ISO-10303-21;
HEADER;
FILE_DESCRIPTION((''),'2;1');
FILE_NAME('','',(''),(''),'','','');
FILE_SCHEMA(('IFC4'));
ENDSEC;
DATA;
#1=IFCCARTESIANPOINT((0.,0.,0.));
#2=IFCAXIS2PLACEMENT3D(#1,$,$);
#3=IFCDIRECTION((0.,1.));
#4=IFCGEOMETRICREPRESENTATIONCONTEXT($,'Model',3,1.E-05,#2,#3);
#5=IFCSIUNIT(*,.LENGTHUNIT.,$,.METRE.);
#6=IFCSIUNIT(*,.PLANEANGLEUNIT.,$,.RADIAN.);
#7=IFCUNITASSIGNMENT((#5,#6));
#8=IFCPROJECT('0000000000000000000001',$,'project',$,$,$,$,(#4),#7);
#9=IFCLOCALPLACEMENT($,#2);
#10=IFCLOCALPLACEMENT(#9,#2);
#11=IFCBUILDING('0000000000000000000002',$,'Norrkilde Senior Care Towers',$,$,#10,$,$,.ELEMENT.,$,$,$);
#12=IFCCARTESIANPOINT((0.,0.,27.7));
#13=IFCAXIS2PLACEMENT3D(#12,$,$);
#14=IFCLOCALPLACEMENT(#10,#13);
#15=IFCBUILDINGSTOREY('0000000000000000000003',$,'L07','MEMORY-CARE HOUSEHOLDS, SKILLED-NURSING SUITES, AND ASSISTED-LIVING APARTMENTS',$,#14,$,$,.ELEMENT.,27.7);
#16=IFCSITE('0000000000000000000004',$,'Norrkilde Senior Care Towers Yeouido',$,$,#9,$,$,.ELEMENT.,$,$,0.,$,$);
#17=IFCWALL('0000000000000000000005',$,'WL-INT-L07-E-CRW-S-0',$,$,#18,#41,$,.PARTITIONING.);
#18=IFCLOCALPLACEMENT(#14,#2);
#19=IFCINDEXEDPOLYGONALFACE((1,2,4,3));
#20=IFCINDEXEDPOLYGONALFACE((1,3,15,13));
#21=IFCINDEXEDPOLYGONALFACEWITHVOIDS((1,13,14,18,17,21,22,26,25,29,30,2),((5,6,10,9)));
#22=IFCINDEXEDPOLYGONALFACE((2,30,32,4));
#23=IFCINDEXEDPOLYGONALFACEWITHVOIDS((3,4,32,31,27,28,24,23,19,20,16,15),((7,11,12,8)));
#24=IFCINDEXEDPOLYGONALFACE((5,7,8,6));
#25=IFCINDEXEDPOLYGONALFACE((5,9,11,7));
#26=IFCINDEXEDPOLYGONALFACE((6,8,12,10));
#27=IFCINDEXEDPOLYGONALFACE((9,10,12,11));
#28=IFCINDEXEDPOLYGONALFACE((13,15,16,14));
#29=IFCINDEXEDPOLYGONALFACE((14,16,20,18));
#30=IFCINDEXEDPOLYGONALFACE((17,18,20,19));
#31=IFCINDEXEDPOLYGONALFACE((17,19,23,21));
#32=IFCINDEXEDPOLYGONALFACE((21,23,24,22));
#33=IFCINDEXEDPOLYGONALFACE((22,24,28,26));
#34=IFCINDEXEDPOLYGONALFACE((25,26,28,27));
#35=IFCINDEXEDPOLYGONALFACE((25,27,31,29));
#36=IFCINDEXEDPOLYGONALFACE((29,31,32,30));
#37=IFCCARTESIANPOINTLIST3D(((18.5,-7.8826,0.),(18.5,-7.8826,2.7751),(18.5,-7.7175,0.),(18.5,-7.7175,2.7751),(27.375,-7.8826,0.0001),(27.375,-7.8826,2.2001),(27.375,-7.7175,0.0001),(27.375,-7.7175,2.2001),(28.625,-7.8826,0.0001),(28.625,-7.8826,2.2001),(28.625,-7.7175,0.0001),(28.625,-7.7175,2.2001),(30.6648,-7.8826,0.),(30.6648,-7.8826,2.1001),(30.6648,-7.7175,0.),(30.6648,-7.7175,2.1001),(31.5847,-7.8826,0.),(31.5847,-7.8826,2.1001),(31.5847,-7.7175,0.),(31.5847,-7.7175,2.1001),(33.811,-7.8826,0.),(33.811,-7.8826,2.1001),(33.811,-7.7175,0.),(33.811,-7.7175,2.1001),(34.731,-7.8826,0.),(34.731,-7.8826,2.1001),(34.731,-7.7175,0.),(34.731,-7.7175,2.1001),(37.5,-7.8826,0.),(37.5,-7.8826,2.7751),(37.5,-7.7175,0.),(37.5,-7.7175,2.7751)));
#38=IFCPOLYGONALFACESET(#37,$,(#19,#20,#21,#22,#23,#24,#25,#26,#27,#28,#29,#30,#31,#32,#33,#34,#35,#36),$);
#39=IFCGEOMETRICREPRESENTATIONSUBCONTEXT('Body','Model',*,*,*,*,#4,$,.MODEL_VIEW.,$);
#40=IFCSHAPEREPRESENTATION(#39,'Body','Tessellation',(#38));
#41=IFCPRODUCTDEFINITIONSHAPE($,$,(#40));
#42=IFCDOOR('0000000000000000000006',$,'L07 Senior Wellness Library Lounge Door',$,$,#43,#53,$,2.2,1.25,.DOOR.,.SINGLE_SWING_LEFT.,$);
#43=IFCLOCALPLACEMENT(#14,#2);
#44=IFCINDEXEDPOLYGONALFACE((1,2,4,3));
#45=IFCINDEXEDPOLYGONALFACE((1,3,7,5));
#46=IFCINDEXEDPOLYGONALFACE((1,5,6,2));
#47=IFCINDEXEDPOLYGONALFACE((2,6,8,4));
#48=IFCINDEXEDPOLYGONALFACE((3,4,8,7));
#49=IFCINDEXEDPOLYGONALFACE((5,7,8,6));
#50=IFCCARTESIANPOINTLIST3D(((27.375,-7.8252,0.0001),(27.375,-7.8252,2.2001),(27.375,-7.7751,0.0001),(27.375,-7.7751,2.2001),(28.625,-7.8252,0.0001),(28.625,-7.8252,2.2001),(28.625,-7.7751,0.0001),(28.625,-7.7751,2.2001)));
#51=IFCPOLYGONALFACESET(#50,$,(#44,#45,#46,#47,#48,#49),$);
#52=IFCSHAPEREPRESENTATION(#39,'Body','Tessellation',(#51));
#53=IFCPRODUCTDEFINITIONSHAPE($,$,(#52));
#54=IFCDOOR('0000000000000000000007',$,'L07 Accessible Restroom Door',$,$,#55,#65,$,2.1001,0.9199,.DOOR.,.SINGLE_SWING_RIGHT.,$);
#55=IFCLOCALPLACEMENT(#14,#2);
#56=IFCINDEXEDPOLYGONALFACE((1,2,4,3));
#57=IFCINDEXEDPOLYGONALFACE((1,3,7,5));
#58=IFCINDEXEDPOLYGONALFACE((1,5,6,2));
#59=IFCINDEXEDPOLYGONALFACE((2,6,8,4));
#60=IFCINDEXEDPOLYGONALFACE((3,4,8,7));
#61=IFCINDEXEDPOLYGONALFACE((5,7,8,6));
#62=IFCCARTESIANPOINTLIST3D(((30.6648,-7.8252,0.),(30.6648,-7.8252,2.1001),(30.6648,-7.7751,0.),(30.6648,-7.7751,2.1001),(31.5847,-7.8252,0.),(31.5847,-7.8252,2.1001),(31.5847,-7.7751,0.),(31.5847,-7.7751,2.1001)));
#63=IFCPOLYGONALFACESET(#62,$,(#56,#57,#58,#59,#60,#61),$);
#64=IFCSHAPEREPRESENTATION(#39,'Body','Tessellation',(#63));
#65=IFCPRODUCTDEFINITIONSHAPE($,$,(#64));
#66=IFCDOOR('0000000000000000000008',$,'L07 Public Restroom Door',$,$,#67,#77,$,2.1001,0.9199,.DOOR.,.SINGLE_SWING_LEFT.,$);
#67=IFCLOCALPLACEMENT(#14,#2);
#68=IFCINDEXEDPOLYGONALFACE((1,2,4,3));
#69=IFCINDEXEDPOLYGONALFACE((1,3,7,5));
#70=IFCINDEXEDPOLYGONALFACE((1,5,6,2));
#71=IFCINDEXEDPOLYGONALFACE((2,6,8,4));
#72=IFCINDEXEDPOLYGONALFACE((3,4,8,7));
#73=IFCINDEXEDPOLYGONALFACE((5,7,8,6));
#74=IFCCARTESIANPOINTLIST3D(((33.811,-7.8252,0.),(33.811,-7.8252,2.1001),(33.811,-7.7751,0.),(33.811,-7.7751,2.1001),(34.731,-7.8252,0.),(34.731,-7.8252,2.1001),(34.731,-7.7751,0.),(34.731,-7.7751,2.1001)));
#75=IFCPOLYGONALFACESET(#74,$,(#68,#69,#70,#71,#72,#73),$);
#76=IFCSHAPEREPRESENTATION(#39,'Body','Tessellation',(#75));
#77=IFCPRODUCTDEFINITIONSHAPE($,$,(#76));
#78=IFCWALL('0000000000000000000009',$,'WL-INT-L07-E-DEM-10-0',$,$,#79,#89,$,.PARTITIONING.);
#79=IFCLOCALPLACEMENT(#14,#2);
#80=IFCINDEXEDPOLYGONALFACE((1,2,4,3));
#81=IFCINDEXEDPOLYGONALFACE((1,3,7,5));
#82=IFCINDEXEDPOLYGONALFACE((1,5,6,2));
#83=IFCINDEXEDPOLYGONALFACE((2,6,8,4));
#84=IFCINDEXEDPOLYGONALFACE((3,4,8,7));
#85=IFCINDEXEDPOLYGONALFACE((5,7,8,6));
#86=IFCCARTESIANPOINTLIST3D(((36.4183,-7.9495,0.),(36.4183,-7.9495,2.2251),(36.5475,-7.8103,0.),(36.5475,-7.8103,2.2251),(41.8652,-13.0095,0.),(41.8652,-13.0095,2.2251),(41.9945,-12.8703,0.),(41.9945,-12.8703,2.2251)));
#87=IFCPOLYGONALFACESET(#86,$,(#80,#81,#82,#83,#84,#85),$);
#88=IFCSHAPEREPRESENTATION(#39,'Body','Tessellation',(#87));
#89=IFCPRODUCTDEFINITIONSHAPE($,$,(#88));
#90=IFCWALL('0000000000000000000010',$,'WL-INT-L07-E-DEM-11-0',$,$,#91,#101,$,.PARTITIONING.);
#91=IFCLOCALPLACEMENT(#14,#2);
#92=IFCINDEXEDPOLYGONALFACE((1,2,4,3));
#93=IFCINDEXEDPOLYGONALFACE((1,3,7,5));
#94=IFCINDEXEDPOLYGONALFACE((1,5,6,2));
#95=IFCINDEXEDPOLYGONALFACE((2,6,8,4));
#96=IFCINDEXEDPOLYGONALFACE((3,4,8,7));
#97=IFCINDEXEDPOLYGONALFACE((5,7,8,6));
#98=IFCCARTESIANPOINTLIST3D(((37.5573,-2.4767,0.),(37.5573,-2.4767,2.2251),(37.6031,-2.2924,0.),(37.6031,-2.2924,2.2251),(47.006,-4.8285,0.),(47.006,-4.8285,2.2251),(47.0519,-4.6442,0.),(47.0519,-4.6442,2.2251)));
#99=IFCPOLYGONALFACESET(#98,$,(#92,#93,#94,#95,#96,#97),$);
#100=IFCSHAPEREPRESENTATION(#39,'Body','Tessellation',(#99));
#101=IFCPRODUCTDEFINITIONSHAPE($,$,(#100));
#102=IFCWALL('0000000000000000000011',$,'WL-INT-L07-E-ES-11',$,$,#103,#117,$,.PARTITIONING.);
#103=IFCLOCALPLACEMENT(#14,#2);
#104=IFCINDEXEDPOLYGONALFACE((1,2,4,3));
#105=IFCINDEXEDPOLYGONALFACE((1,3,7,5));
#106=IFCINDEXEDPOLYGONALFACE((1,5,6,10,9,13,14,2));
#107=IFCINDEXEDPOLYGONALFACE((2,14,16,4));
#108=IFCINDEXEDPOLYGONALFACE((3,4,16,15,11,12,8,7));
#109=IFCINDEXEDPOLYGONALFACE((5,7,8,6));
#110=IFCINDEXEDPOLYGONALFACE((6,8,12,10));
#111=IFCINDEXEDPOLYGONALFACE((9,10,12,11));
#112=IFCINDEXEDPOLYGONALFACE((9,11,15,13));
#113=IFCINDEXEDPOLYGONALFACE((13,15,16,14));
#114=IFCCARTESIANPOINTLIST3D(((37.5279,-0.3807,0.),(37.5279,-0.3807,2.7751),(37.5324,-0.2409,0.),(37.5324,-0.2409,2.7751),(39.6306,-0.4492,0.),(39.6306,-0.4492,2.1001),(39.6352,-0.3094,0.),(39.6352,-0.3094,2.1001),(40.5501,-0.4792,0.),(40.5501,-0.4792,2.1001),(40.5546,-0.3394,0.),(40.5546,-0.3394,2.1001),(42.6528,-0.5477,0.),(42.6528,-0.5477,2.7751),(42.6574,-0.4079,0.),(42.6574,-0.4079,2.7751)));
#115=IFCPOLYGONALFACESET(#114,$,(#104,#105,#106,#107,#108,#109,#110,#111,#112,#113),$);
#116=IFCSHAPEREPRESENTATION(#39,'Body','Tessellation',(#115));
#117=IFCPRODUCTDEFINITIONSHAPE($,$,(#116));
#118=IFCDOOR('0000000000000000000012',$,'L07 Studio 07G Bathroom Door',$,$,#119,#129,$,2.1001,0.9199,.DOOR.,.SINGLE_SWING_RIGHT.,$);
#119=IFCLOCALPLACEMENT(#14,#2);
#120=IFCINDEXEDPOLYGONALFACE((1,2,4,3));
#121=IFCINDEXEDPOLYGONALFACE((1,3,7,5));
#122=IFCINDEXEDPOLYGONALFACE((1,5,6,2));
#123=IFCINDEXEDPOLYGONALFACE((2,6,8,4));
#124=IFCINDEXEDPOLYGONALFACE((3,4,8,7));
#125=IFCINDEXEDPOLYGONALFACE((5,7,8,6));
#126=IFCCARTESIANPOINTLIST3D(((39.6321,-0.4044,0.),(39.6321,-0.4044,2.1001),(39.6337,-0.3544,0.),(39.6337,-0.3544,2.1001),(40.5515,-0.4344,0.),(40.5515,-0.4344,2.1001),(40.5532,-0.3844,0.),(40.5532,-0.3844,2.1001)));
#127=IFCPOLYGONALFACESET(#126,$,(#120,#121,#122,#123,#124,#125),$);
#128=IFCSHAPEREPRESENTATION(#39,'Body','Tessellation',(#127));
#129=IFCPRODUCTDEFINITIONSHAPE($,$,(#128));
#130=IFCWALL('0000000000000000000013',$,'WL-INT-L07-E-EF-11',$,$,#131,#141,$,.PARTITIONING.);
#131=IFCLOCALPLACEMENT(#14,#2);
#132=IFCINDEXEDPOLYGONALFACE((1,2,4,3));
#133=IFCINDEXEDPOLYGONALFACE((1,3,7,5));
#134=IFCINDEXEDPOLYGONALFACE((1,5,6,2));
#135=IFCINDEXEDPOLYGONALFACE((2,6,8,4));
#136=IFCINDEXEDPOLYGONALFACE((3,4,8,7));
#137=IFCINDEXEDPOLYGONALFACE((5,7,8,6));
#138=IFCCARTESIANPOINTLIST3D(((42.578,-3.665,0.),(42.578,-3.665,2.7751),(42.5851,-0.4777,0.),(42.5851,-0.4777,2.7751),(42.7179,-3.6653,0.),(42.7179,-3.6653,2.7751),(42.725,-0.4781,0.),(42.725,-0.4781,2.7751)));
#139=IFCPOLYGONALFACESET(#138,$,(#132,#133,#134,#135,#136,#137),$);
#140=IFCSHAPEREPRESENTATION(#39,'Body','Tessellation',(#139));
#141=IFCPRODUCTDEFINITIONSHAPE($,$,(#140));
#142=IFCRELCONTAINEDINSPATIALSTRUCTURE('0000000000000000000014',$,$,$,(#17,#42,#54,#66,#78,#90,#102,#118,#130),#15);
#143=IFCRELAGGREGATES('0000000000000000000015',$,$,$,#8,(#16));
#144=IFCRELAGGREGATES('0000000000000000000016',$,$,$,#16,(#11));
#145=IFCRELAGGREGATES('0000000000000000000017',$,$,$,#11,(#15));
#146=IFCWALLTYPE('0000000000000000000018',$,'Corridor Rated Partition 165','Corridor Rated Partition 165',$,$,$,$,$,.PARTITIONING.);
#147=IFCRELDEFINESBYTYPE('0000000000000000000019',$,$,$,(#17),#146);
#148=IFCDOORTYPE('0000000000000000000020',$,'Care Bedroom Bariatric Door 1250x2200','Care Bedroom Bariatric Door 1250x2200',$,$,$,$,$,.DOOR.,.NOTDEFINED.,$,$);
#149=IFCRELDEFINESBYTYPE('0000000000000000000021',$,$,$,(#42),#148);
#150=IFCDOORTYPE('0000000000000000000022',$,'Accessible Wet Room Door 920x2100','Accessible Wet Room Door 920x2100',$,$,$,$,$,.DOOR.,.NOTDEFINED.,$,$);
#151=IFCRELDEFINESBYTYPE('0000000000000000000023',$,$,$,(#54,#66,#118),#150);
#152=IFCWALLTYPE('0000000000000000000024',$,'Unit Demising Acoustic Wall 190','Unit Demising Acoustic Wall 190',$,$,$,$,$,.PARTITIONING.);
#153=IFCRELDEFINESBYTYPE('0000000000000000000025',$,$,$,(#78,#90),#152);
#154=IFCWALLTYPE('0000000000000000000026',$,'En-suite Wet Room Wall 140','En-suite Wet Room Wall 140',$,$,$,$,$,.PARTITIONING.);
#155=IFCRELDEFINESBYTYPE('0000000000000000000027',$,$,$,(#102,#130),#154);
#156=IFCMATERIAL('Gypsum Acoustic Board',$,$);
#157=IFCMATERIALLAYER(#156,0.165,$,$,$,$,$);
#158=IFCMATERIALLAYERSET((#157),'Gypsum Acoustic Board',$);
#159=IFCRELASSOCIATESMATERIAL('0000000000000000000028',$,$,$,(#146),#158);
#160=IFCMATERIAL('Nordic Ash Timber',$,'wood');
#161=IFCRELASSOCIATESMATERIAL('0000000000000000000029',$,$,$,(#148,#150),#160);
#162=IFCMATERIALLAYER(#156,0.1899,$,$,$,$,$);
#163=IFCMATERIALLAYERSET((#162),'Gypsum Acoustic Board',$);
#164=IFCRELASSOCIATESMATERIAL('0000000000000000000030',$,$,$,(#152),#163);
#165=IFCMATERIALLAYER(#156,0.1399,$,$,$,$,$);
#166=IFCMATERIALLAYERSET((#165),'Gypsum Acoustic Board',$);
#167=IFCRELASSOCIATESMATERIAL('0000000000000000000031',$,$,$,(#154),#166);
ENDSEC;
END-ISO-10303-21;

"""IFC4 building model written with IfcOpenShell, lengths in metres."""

from ifc_helpers import new_model, si_unit, direction, frame, frame_2d, origin, place, context, subcontext, project, spatial, rectangle, extrude, source, transform, mapped, material, layer, layer_set, type_object, type_shapes, element, fill, save


model = new_model("IFC4")

# Units and contexts
model_context = context("Model", 3, precision=1e-05, world=origin(), true_north=direction((0.0, 1.0)))
body_context = subcontext(model_context, "Body", "Model", "MODEL_VIEW")
ifc_project = project(units=[si_unit("LENGTHUNIT", "METRE"), si_unit("PLANEANGLEUNIT", "RADIAN")], contexts=[model_context])

# Site, building, storey
site_placement = place(None, origin())
site = spatial("IfcSite", under=ifc_project, at=site_placement, Name="Norrkilde Senior Care Towers Yeouido", CompositionType="ELEMENT", RefElevation=0.0)
building_placement = place(site_placement, origin())
building = spatial("IfcBuilding", under=site, at=building_placement, Name="Norrkilde Senior Care Towers", CompositionType="ELEMENT")
storey_placement = place(building_placement, frame((0.0, 0.0, 27.7)))
storey = spatial("IfcBuildingStorey", under=building, at=storey_placement, Name="L07", Description="MEMORY-CARE HOUSEHOLDS, SKILLED-NURSING SUITES, AND ASSISTED-LIVING APARTMENTS", CompositionType="ELEMENT", Elevation=27.7)

# Wall, openings, doors
ifc_material_1 = material(Name="Gypsum Acoustic Board")
ifc_layer_1 = layer(ifc_material_1, 0.165)
ifc_layer_set_1 = layer_set([ifc_layer_1], Name="Gypsum Acoustic Board")
wall_type_1 = type_object("IfcWallType", Name="Corridor Rated Partition 165", Description="Corridor Rated Partition 165", PredefinedType="PARTITIONING", material=ifc_layer_set_1)
shared_shape_1 = source(origin(), body_context, "Body", "SweptSolid", [
    extrude(rectangle(XDim=19.0, YDim=0.165, at=frame_2d((9.5, 0.0))), origin(), (0.0, 0.0, 1.0), 2.7751),
])
type_shapes(wall_type_1, [shared_shape_1])
wall_1_placement = place(storey_placement, frame((37.5, -7.8, 0.0), z_axis=(0.0, 0.0, 1.0), x_axis=(-1.0, 0.0, 0.0)))
wall_1 = element("IfcWall", 1, at=wall_1_placement, inside=storey, type_object=wall_type_1, Name="WL-INT-L07-E-CRW-S-0", PredefinedType="PARTITIONING", context=body_context, shape_type="MappedRepresentation", body=[
    mapped(shared_shape_1, transform((0.0, 0.0, 0.0), x_axis=(1.0, 0.0, 0.0), y_axis=(0.0, 1.0, 0.0), z_axis=(0.0, 0.0, 1.0), scale=1.0)),
])
opening_1_placement = place(wall_1_placement, frame((8.875, 0.0, 0.0)))
opening_1 = element("IfcOpeningElement", 2, at=opening_1_placement, cuts=wall_1, PredefinedType="OPENING", context=body_context, shape_type="SweptSolid", body=[
    extrude(rectangle(XDim=1.25, YDim=2.2, at=frame_2d((0.625, 1.1001))), frame((0.0, 0.0925, 0.0), z_axis=(0.0, -1.0, 0.0), x_axis=(1.0, 0.0, 0.0)), (0.0, 0.0, 1.0), 0.1851),
])
opening_2_placement = place(wall_1_placement, frame((5.9153, 0.0, 0.0)))
opening_2 = element("IfcOpeningElement", 3, at=opening_2_placement, cuts=wall_1, PredefinedType="OPENING", context=body_context, shape_type="SweptSolid", body=[
    extrude(rectangle(XDim=0.9199, YDim=2.1001, at=frame_2d((0.46, 1.05))), frame((0.0, 0.0925, 0.0), z_axis=(0.0, -1.0, 0.0), x_axis=(1.0, 0.0, 0.0)), (0.0, 0.0, 1.0), 0.1851),
])
opening_3_placement = place(wall_1_placement, frame((2.769, 0.0, 0.0)))
opening_3 = element("IfcOpeningElement", 4, at=opening_3_placement, cuts=wall_1, PredefinedType="OPENING", context=body_context, shape_type="SweptSolid", body=[
    extrude(rectangle(XDim=0.9199, YDim=2.1001, at=frame_2d((0.46, 1.05))), frame((0.0, 0.0925, 0.0), z_axis=(0.0, -1.0, 0.0), x_axis=(1.0, 0.0, 0.0)), (0.0, 0.0, 1.0), 0.1851),
])
ifc_material_2 = material(Name="Nordic Ash Timber", Category="wood")
door_type_1 = type_object("IfcDoorType", Name="Care Bedroom Bariatric Door 1250x2200", Description="Care Bedroom Bariatric Door 1250x2200", OperationType="NOTDEFINED", PredefinedType="DOOR", material=ifc_material_2)
shared_shape_2 = source(origin(), body_context, "Body", "SweptSolid", [
    extrude(rectangle(XDim=1.25, YDim=2.2, at=frame_2d((0.625, 1.1001))), frame((0.0, 0.0249, 0.0), z_axis=(0.0, -1.0, 0.0), x_axis=(1.0, 0.0, 0.0)), (0.0, 0.0, 1.0), 0.05),
])
type_shapes(door_type_1, [shared_shape_2])
door_1_placement = place(opening_1_placement, frame((1.25, 0.0, 0.0), z_axis=(0.0, 0.0, 1.0), x_axis=(-1.0, 0.0, 0.0)))
door_1 = element("IfcDoor", 5, at=door_1_placement, inside=storey, type_object=door_type_1, Name="L07 Senior Wellness Library Lounge Door", OperationType="SINGLE_SWING_LEFT", OverallHeight=2.2, OverallWidth=1.25, PredefinedType="DOOR", context=body_context, shape_type="MappedRepresentation", body=[
    mapped(shared_shape_2, transform((0.0, 0.0, 0.0), x_axis=(1.0, 0.0, 0.0), y_axis=(0.0, 1.0, 0.0), z_axis=(0.0, 0.0, 1.0), scale=1.0)),
])
fill(opening_1, door_1)
door_type_2 = type_object("IfcDoorType", Name="Accessible Wet Room Door 920x2100", Description="Accessible Wet Room Door 920x2100", OperationType="NOTDEFINED", PredefinedType="DOOR", material=ifc_material_2)
shared_shape_3 = source(origin(), body_context, "Body", "SweptSolid", [
    extrude(rectangle(XDim=0.9199, YDim=2.1001, at=frame_2d((0.46, 1.05))), frame((0.0, 0.0249, 0.0), z_axis=(0.0, -1.0, 0.0), x_axis=(1.0, 0.0, 0.0)), (0.0, 0.0, 1.0), 0.05),
])
type_shapes(door_type_2, [shared_shape_3])
door_2_placement = place(opening_2_placement, frame((0.9199, 0.0, 0.0), z_axis=(0.0, 0.0, 1.0), x_axis=(-1.0, 0.0, 0.0)))
door_2 = element("IfcDoor", 6, at=door_2_placement, inside=storey, type_object=door_type_2, Name="L07 Accessible Restroom Door", OperationType="SINGLE_SWING_RIGHT", OverallHeight=2.1001, OverallWidth=0.9199, PredefinedType="DOOR", context=body_context, shape_type="MappedRepresentation", body=[
    mapped(shared_shape_3, transform((0.0, 0.0, 0.0), x_axis=(1.0, 0.0, 0.0), y_axis=(0.0, 1.0, 0.0), z_axis=(0.0, 0.0, 1.0), scale=1.0)),
])
fill(opening_2, door_2)
door_3_placement = place(opening_3_placement, frame((0.9199, 0.0, 0.0), z_axis=(0.0, 0.0, 1.0), x_axis=(-1.0, 0.0, 0.0)))
door_3 = element("IfcDoor", 7, at=door_3_placement, inside=storey, type_object=door_type_2, Name="L07 Public Restroom Door", OperationType="SINGLE_SWING_LEFT", OverallHeight=2.1001, OverallWidth=0.9199, PredefinedType="DOOR", context=body_context, shape_type="MappedRepresentation", body=[
    mapped(shared_shape_3, transform((0.0, 0.0, 0.0), x_axis=(1.0, 0.0, 0.0), y_axis=(0.0, 1.0, 0.0), z_axis=(0.0, 0.0, 1.0), scale=1.0)),
])
fill(opening_3, door_3)

# Walls
ifc_layer_2 = layer(ifc_material_1, 0.1899)
ifc_layer_set_2 = layer_set([ifc_layer_2], Name="Gypsum Acoustic Board")
wall_type_2 = type_object("IfcWallType", Name="Unit Demising Acoustic Wall 190", Description="Unit Demising Acoustic Wall 190", PredefinedType="PARTITIONING", material=ifc_layer_set_2)
shared_shape_4 = source(origin(), body_context, "Body", "SweptSolid", [
    extrude(rectangle(XDim=7.4346, YDim=0.1899, at=frame_2d((3.7173, 0.0))), origin(), (0.0, 0.0, 1.0), 2.2251),
])
wall_2_placement = place(storey_placement, frame((36.4829, -7.8799, 0.0), z_axis=(0.0, 0.0, 1.0), x_axis=(0.732652, -0.680603, 0.0)))
element("IfcWall", 8, at=wall_2_placement, inside=storey, type_object=wall_type_2, Name="WL-INT-L07-E-DEM-10-0", PredefinedType="PARTITIONING", context=body_context, shape_type="MappedRepresentation", body=[
    mapped(shared_shape_4, transform((0.0, 0.0, 0.0), x_axis=(1.0, 0.0, 0.0), y_axis=(0.0, 1.0, 0.0), z_axis=(0.0, 0.0, 1.0), scale=1.0)),
])
shared_shape_5 = source(origin(), body_context, "Body", "SweptSolid", [
    extrude(rectangle(XDim=9.7371, YDim=0.1899, at=frame_2d((4.8687, 0.0))), origin(), (0.0, 0.0, 1.0), 2.2251),
])
type_shapes(wall_type_2, [shared_shape_4, shared_shape_5])
wall_3_placement = place(storey_placement, frame((37.5801, -2.3845, 0.0), z_axis=(0.0, 0.0, 1.0), x_axis=(0.970393, -0.241533, 0.0)))
element("IfcWall", 9, at=wall_3_placement, inside=storey, type_object=wall_type_2, Name="WL-INT-L07-E-DEM-11-0", PredefinedType="PARTITIONING", context=body_context, shape_type="MappedRepresentation", body=[
    mapped(shared_shape_5, transform((0.0, 0.0, 0.0), x_axis=(1.0, 0.0, 0.0), y_axis=(0.0, 1.0, 0.0), z_axis=(0.0, 0.0, 1.0), scale=1.0)),
])

# Wall, opening, door
ifc_layer_3 = layer(ifc_material_1, 0.1399)
ifc_layer_set_3 = layer_set([ifc_layer_3], Name="Gypsum Acoustic Board")
wall_type_3 = type_object("IfcWallType", Name="En-suite Wet Room Wall 140", Description="En-suite Wet Room Wall 140", PredefinedType="PARTITIONING", material=ifc_layer_set_3)
shared_shape_6 = source(origin(), body_context, "Body", "SweptSolid", [
    extrude(rectangle(XDim=5.1277, YDim=0.1399, at=frame_2d((2.564, 0.0))), origin(), (0.0, 0.0, 1.0), 2.7751),
])
wall_4_placement = place(storey_placement, frame((37.53, -0.3108, 0.0), z_axis=(0.0, 0.0, 1.0), x_axis=(0.99947, -0.032567, 0.0)))
wall_4 = element("IfcWall", 10, at=wall_4_placement, inside=storey, type_object=wall_type_3, Name="WL-INT-L07-E-ES-11", PredefinedType="PARTITIONING", context=body_context, shape_type="MappedRepresentation", body=[
    mapped(shared_shape_6, transform((0.0, 0.0, 0.0), x_axis=(1.0, 0.0, 0.0), y_axis=(0.0, 1.0, 0.0), z_axis=(0.0, 0.0, 1.0), scale=1.0)),
])
opening_4_placement = place(wall_4_placement, frame((2.104, 0.0, 0.0)))
opening_4 = element("IfcOpeningElement", 11, at=opening_4_placement, cuts=wall_4, PredefinedType="OPENING", context=body_context, shape_type="SweptSolid", body=[
    extrude(rectangle(XDim=0.9199, YDim=2.1001, at=frame_2d((0.46, 1.05))), frame((0.0, 0.0798, 0.0), z_axis=(0.0, -1.0, 0.0), x_axis=(1.0, 0.0, 0.0)), (0.0, 0.0, 1.0), 0.1599),
])
door_4_placement = place(opening_4_placement, origin())
door_4 = element("IfcDoor", 12, at=door_4_placement, inside=storey, type_object=door_type_2, Name="L07 Studio 07G Bathroom Door", OperationType="SINGLE_SWING_RIGHT", OverallHeight=2.1001, OverallWidth=0.9199, PredefinedType="DOOR", context=body_context, shape_type="MappedRepresentation", body=[
    mapped(shared_shape_3, transform((0.0, 0.0, 0.0), x_axis=(1.0, 0.0, 0.0), y_axis=(0.0, 1.0, 0.0), z_axis=(0.0, 0.0, 1.0), scale=1.0)),
])
fill(opening_4, door_4)

# Wall
shared_shape_7 = source(origin(), body_context, "Body", "SweptSolid", [
    extrude(rectangle(XDim=3.1873, YDim=0.1399, at=frame_2d((1.5938, 0.0))), origin(), (0.0, 0.0, 1.0), 2.7751),
])
type_shapes(wall_type_3, [shared_shape_6, shared_shape_7])
wall_5_placement = place(storey_placement, frame((42.655, -0.4778, 0.0), z_axis=(0.0, 0.0, 1.0), x_axis=(-0.002221, -0.999998, 0.0)))
element("IfcWall", 13, at=wall_5_placement, inside=storey, type_object=wall_type_3, Name="WL-INT-L07-E-EF-11", PredefinedType="PARTITIONING", context=body_context, shape_type="MappedRepresentation", body=[
    mapped(shared_shape_7, transform((0.0, 0.0, 0.0), x_axis=(1.0, 0.0, 0.0), y_axis=(0.0, 1.0, 0.0), z_axis=(0.0, 0.0, 1.0), scale=1.0)),
])

save(model, "model.ifc")
